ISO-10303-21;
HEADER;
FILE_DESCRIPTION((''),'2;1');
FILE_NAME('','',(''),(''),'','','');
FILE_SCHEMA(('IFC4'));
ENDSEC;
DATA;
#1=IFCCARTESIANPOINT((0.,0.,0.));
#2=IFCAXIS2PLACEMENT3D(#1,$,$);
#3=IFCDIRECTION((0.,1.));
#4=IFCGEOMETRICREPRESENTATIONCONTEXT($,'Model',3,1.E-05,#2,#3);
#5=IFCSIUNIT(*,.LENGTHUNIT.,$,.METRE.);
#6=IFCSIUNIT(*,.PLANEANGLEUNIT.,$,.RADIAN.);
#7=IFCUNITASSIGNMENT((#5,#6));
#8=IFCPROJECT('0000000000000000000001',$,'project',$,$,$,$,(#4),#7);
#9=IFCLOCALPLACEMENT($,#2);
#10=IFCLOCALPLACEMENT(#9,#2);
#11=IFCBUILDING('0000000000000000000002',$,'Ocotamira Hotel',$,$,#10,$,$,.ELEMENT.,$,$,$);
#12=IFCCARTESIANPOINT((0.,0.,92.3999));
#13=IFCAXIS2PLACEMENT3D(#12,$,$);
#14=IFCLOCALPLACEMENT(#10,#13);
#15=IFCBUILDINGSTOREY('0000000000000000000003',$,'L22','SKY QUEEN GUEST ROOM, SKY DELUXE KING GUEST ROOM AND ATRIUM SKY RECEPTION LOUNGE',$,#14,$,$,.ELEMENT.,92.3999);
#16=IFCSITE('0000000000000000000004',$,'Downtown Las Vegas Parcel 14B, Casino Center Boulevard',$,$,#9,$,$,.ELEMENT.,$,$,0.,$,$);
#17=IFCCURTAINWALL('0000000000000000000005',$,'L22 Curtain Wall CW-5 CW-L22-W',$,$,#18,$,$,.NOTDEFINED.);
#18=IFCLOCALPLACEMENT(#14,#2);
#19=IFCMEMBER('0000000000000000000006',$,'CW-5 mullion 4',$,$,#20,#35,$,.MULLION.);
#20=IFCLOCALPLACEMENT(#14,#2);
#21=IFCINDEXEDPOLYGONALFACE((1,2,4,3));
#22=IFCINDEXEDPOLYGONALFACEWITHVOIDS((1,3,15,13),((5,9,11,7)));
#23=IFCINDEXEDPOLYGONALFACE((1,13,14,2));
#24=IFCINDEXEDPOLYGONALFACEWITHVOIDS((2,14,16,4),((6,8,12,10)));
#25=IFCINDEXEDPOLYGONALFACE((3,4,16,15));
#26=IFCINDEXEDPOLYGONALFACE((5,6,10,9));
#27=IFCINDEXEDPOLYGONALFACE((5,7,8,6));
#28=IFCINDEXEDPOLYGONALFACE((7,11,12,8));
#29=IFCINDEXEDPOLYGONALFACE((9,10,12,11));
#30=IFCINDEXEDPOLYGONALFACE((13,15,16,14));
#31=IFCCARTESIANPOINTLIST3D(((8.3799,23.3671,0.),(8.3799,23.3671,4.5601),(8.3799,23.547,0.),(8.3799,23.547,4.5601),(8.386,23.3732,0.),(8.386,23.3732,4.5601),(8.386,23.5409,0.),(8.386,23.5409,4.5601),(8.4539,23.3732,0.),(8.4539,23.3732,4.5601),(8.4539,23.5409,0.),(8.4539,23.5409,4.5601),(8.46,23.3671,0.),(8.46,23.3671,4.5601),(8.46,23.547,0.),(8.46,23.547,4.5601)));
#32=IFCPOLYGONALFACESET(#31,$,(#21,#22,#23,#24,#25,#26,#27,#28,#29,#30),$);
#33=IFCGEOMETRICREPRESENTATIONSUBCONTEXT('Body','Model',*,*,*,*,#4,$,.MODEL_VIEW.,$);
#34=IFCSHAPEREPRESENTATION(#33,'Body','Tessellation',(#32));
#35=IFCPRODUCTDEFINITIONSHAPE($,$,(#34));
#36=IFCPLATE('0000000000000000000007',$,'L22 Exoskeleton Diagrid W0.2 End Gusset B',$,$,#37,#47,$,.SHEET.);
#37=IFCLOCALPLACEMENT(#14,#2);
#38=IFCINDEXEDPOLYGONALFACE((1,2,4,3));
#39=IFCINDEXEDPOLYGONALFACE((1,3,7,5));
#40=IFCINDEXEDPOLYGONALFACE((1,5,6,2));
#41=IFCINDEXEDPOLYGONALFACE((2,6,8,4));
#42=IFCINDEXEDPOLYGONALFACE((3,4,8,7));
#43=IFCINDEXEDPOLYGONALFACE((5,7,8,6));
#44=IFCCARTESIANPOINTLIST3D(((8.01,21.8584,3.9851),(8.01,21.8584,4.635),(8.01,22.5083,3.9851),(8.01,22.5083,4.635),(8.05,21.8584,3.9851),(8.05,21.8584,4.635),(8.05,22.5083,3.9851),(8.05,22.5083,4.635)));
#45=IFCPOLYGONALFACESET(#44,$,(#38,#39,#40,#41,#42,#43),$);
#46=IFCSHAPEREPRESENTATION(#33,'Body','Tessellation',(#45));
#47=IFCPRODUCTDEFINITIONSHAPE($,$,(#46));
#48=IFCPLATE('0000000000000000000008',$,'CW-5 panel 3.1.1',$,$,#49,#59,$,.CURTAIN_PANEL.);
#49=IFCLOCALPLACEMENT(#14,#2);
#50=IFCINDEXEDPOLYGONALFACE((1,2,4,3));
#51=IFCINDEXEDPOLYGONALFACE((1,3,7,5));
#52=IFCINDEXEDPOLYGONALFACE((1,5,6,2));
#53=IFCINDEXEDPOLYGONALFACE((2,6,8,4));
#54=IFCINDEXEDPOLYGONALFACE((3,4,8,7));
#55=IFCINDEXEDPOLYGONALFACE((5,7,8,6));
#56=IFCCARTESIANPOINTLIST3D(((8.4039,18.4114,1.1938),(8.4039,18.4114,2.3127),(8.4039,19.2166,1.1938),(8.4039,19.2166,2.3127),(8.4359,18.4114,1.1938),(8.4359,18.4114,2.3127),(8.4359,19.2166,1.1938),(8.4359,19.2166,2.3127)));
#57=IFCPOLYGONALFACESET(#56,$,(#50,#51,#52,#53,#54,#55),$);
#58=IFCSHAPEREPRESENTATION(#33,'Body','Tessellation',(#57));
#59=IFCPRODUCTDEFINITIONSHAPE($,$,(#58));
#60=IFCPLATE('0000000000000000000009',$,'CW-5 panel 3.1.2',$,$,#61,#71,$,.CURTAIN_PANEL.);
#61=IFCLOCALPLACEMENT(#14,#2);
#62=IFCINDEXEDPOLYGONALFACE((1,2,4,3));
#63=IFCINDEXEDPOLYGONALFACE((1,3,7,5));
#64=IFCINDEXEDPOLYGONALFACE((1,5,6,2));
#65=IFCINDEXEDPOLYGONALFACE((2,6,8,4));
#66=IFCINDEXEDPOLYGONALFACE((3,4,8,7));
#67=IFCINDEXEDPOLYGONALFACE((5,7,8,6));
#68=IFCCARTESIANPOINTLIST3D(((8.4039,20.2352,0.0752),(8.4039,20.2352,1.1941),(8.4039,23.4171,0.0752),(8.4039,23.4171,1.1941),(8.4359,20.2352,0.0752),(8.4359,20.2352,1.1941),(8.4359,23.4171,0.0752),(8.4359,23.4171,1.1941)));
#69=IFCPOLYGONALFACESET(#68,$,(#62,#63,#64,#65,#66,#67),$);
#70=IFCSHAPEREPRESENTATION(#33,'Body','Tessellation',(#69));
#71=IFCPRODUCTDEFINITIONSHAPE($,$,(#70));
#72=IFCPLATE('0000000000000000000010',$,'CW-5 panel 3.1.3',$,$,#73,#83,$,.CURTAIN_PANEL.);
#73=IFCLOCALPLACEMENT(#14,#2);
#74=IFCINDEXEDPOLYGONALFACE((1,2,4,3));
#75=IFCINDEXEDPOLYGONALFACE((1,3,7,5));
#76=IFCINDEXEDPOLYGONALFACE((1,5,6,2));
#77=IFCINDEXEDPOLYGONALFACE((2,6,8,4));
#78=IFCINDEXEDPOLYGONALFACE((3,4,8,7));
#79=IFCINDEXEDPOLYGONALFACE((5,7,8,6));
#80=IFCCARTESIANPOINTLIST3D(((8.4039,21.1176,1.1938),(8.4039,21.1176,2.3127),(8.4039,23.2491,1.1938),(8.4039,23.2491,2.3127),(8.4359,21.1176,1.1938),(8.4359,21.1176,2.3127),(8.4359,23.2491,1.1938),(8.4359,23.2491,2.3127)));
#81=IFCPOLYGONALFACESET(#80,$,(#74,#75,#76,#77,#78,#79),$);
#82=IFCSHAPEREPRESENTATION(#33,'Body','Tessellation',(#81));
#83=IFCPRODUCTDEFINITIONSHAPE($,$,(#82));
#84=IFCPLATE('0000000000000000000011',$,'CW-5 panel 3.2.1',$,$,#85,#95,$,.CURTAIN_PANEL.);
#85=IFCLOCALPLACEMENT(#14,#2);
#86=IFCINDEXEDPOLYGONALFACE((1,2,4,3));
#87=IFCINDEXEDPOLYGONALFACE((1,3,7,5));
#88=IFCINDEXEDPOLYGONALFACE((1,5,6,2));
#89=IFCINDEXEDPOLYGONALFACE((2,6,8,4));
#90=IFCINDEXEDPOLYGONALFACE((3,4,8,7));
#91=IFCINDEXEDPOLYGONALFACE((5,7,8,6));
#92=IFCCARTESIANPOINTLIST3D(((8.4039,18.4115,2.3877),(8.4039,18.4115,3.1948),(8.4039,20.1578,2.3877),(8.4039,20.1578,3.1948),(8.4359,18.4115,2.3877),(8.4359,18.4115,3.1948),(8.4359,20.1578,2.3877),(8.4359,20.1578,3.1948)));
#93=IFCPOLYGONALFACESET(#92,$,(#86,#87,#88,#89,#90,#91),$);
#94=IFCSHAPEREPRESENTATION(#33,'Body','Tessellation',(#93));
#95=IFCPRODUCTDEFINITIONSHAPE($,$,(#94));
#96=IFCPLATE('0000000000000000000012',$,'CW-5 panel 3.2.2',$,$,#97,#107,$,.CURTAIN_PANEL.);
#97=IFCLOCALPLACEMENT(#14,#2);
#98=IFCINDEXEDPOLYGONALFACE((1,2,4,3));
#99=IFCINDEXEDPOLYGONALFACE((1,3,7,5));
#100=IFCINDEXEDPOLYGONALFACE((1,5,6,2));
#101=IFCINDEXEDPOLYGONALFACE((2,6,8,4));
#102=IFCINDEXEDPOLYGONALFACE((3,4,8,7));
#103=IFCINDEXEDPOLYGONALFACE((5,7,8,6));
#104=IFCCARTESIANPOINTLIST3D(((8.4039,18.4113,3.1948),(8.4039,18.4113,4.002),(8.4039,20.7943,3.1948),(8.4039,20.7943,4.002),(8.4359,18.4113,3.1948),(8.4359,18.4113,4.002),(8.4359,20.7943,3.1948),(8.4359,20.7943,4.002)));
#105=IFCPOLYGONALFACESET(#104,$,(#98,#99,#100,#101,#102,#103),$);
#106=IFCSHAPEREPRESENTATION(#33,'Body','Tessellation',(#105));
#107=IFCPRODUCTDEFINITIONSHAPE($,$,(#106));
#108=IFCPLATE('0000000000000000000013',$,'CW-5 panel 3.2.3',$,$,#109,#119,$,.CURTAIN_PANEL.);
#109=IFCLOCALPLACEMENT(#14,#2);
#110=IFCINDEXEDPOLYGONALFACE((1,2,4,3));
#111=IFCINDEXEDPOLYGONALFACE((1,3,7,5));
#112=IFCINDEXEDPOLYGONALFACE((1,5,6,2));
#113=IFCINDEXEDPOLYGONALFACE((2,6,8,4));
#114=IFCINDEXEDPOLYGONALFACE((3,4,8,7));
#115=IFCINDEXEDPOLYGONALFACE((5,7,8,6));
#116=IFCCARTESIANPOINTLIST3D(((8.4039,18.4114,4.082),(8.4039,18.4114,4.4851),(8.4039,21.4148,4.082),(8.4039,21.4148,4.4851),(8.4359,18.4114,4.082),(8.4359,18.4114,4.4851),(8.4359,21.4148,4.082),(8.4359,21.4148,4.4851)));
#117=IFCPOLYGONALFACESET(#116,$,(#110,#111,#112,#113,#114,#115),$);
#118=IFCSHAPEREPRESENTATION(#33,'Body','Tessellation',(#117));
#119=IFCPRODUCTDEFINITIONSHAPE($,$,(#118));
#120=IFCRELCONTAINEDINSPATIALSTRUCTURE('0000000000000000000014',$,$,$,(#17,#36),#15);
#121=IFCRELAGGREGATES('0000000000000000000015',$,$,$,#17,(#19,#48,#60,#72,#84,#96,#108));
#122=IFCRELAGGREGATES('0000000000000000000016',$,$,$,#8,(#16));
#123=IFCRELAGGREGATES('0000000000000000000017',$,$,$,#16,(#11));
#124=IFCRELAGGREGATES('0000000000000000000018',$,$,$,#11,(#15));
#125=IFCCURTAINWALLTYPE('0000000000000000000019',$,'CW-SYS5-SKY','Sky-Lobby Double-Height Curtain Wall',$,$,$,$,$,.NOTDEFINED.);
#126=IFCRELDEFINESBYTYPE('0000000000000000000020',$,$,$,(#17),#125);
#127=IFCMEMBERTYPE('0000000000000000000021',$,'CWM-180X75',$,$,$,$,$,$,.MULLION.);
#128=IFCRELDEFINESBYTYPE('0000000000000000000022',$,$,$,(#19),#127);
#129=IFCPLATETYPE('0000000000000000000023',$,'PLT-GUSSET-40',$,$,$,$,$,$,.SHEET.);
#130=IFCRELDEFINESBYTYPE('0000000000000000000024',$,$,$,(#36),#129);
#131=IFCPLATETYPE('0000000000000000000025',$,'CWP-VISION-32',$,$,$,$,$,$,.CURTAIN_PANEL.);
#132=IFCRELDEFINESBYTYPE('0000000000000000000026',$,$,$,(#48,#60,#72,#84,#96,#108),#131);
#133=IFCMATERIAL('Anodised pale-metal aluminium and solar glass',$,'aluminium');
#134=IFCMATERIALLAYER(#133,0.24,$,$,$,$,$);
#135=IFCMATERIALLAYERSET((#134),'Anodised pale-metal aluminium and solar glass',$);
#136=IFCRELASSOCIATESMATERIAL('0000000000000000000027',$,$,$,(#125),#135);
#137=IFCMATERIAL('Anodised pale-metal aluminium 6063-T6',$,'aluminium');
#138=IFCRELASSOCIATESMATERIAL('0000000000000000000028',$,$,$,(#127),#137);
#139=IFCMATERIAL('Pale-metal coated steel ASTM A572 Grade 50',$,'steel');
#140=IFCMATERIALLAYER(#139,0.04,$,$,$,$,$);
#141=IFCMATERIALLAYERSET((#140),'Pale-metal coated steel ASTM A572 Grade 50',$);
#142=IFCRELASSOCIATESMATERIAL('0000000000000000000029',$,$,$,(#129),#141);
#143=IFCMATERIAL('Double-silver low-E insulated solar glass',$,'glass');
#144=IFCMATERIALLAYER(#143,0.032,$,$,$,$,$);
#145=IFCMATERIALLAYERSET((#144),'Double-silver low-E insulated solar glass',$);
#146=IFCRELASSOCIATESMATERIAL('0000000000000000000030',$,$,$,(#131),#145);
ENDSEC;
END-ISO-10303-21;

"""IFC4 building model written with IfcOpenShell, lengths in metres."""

from ifc_helpers import new_model, si_unit, direction, frame, origin, origin_2d, place, context, subcontext, project, spatial, rectangle, hollow_rectangle, extrude, source, transform, mapped, material, layer, layer_set, material_profile, profile_set, type_object, element, aggregate, save


model = new_model("IFC4")

# Units and contexts
model_context = context("Model", 3, precision=1e-05, world=origin(), true_north=direction((0.0, 1.0)))
body_context = subcontext(model_context, "Body", "Model", "MODEL_VIEW")
ifc_project = project(units=[si_unit("LENGTHUNIT", "METRE"), si_unit("PLANEANGLEUNIT", "RADIAN")], contexts=[model_context])

# Site, building, storey
site_placement = place(None, origin())
site = spatial("IfcSite", under=ifc_project, at=site_placement, Name="Downtown Las Vegas Parcel 14B, Casino Center Boulevard", CompositionType="ELEMENT", RefElevation=0.0)
building_placement = place(site_placement, origin())
building = spatial("IfcBuilding", under=site, at=building_placement, Name="Ocotamira Hotel", CompositionType="ELEMENT")
storey_placement = place(building_placement, frame((0.0, 0.0, 92.3999)))
storey = spatial("IfcBuildingStorey", under=building, at=storey_placement, Name="L22", Description="SKY QUEEN GUEST ROOM, SKY DELUXE KING GUEST ROOM AND ATRIUM SKY RECEPTION LOUNGE", CompositionType="ELEMENT", Elevation=92.3999)

# Curtain wall, member
ifc_material_1 = material(Name="Anodised pale-metal aluminium and solar glass", Category="aluminium")
ifc_layer_1 = layer(ifc_material_1, 0.24)
ifc_layer_set_1 = layer_set([ifc_layer_1], Name="Anodised pale-metal aluminium and solar glass")
curtain_wall_type = type_object("IfcCurtainWallType", Name="CW-SYS5-SKY", Description="Sky-Lobby Double-Height Curtain Wall", PredefinedType="NOTDEFINED", material=ifc_layer_set_1)
curtain_wall_placement = place(storey_placement, origin())
curtain_wall = element("IfcCurtainWall", 1, at=curtain_wall_placement, inside=storey, type_object=curtain_wall_type, Name="L22 Curtain Wall CW-5 CW-L22-W", PredefinedType="NOTDEFINED")
ifc_material_2 = material(Name="Anodised pale-metal aluminium 6063-T6", Category="aluminium")
ifc_material_profile_1 = material_profile(ifc_material_2, hollow_rectangle(XDim=0.0801, YDim=0.1799, WallThickness=0.0061, at=origin_2d()), Name="HSS180X80X6")
ifc_profile_set_1 = profile_set([ifc_material_profile_1], Name="Anodised pale-metal aluminium 6063-T6")
member_type_1 = type_object("IfcMemberType", Name="CWM-180X75", PredefinedType="MULLION", material=ifc_profile_set_1)
shared_shape_1 = source(origin(), body_context, "Body", "SweptSolid", [
    extrude(hollow_rectangle(XDim=0.0801, YDim=0.1799, WallThickness=0.0061, at=origin_2d()), origin(), (0.0, 0.0, 1.0), 4.5601),
])
member_1_placement = place(storey_placement, frame((8.4199, 23.457, 0.0), z_axis=(0.0, 0.0, 1.0), x_axis=(-1.0, 0.0, 0.0)))
member_1 = element("IfcMember", 2, at=member_1_placement, type_object=member_type_1, Name="CW-5 mullion 4", PredefinedType="MULLION", context=body_context, shape_type="MappedRepresentation", body=[
    mapped(shared_shape_1, transform((0.0, 0.0, 0.0), scale=1.0)),
])

# Plates
ifc_material_3 = material(Name="Pale-metal coated steel ASTM A572 Grade 50", Category="steel")
ifc_layer_2 = layer(ifc_material_3, 0.04)
ifc_layer_set_2 = layer_set([ifc_layer_2], Name="Pale-metal coated steel ASTM A572 Grade 50")
plate_type_1 = type_object("IfcPlateType", Name="PLT-GUSSET-40", PredefinedType="SHEET", material=ifc_layer_set_2)
shared_shape_2 = source(origin(), body_context, "Body", "SweptSolid", [
    extrude(rectangle(XDim=0.04, YDim=0.6499, at=origin_2d()), origin(), (0.0, 0.0, 1.0), 0.6499),
])
plate_1_placement = place(storey_placement, frame((8.03, 22.1833, 3.9851), z_axis=(0.0, 0.0, 1.0), x_axis=(1.0, 0.0, 0.0)))
element("IfcPlate", 3, at=plate_1_placement, inside=storey, type_object=plate_type_1, Name="L22 Exoskeleton Diagrid W0.2 End Gusset B", PredefinedType="SHEET", context=body_context, shape_type="MappedRepresentation", body=[
    mapped(shared_shape_2, transform((0.0, 0.0, 0.0), scale=1.0)),
])
ifc_material_4 = material(Name="Double-silver low-E insulated solar glass", Category="glass")
ifc_layer_3 = layer(ifc_material_4, 0.032)
ifc_layer_set_3 = layer_set([ifc_layer_3], Name="Double-silver low-E insulated solar glass")
plate_type_2 = type_object("IfcPlateType", Name="CWP-VISION-32", PredefinedType="CURTAIN_PANEL", material=ifc_layer_set_3)
shared_shape_3 = source(origin(), body_context, "Body", "SweptSolid", [
    extrude(rectangle(XDim=0.8052, YDim=0.032, at=origin_2d()), origin(), (0.0, 0.0, 1.0), 1.1189),
])
plate_2_placement = place(storey_placement, frame((8.4199, 18.814, 1.1938), z_axis=(0.0, 0.0, 1.0), x_axis=(0.0, 1.0, 0.0)))
plate_2 = element("IfcPlate", 4, at=plate_2_placement, type_object=plate_type_2, Name="CW-5 panel 3.1.1", PredefinedType="CURTAIN_PANEL", context=body_context, shape_type="MappedRepresentation", body=[
    mapped(shared_shape_3, transform((0.0, 0.0, 0.0), scale=1.0)),
])
shared_shape_4 = source(origin(), body_context, "Body", "SweptSolid", [
    extrude(rectangle(XDim=3.1819, YDim=0.032, at=origin_2d()), origin(), (0.0, 0.0, 1.0), 1.1189),
])
plate_3_placement = place(storey_placement, frame((8.4199, 21.8262, 0.0752), z_axis=(0.0, 0.0, 1.0), x_axis=(0.0, 1.0, 0.0)))
plate_3 = element("IfcPlate", 5, at=plate_3_placement, type_object=plate_type_2, Name="CW-5 panel 3.1.2", PredefinedType="CURTAIN_PANEL", context=body_context, shape_type="MappedRepresentation", body=[
    mapped(shared_shape_4, transform((0.0, 0.0, 0.0), scale=1.0)),
])
shared_shape_5 = source(origin(), body_context, "Body", "SweptSolid", [
    extrude(rectangle(XDim=2.1316, YDim=0.032, at=origin_2d()), origin(), (0.0, 0.0, 1.0), 1.1189),
])
plate_4_placement = place(storey_placement, frame((8.4199, 22.1833, 1.1938), z_axis=(0.0, 0.0, 1.0), x_axis=(0.0, 1.0, 0.0)))
plate_4 = element("IfcPlate", 6, at=plate_4_placement, type_object=plate_type_2, Name="CW-5 panel 3.1.3", PredefinedType="CURTAIN_PANEL", context=body_context, shape_type="MappedRepresentation", body=[
    mapped(shared_shape_5, transform((0.0, 0.0, 0.0), scale=1.0)),
])
shared_shape_6 = source(origin(), body_context, "Body", "SweptSolid", [
    extrude(rectangle(XDim=1.7463, YDim=0.032, at=origin_2d()), origin(), (0.0, 0.0, 1.0), 0.8071),
])
plate_5_placement = place(storey_placement, frame((8.4199, 19.2847, 2.3877), z_axis=(0.0, 0.0, 1.0), x_axis=(0.0, 1.0, 0.0)))
plate_5 = element("IfcPlate", 7, at=plate_5_placement, type_object=plate_type_2, Name="CW-5 panel 3.2.1", PredefinedType="CURTAIN_PANEL", context=body_context, shape_type="MappedRepresentation", body=[
    mapped(shared_shape_6, transform((0.0, 0.0, 0.0), scale=1.0)),
])
shared_shape_7 = source(origin(), body_context, "Body", "SweptSolid", [
    extrude(rectangle(XDim=2.3831, YDim=0.032, at=origin_2d()), origin(), (0.0, 0.0, 1.0), 0.8071),
])
plate_6_placement = place(storey_placement, frame((8.4199, 19.6028, 3.1948), z_axis=(0.0, 0.0, 1.0), x_axis=(0.0, 1.0, 0.0)))
plate_6 = element("IfcPlate", 8, at=plate_6_placement, type_object=plate_type_2, Name="CW-5 panel 3.2.2", PredefinedType="CURTAIN_PANEL", context=body_context, shape_type="MappedRepresentation", body=[
    mapped(shared_shape_7, transform((0.0, 0.0, 0.0), scale=1.0)),
])
shared_shape_8 = source(origin(), body_context, "Body", "SweptSolid", [
    extrude(rectangle(XDim=3.0034, YDim=0.032, at=origin_2d()), origin(), (0.0, 0.0, 1.0), 0.4031),
])
plate_7_placement = place(storey_placement, frame((8.4199, 19.9131, 4.082), z_axis=(0.0, 0.0, 1.0), x_axis=(0.0, 1.0, 0.0)))
plate_7 = element("IfcPlate", 9, at=plate_7_placement, type_object=plate_type_2, Name="CW-5 panel 3.2.3", PredefinedType="CURTAIN_PANEL", context=body_context, shape_type="MappedRepresentation", body=[
    mapped(shared_shape_8, transform((0.0, 0.0, 0.0), scale=1.0)),
])
aggregate(curtain_wall, [member_1, plate_2, plate_3, plate_4, plate_5, plate_6, plate_7])

save(model, "model.ifc")
